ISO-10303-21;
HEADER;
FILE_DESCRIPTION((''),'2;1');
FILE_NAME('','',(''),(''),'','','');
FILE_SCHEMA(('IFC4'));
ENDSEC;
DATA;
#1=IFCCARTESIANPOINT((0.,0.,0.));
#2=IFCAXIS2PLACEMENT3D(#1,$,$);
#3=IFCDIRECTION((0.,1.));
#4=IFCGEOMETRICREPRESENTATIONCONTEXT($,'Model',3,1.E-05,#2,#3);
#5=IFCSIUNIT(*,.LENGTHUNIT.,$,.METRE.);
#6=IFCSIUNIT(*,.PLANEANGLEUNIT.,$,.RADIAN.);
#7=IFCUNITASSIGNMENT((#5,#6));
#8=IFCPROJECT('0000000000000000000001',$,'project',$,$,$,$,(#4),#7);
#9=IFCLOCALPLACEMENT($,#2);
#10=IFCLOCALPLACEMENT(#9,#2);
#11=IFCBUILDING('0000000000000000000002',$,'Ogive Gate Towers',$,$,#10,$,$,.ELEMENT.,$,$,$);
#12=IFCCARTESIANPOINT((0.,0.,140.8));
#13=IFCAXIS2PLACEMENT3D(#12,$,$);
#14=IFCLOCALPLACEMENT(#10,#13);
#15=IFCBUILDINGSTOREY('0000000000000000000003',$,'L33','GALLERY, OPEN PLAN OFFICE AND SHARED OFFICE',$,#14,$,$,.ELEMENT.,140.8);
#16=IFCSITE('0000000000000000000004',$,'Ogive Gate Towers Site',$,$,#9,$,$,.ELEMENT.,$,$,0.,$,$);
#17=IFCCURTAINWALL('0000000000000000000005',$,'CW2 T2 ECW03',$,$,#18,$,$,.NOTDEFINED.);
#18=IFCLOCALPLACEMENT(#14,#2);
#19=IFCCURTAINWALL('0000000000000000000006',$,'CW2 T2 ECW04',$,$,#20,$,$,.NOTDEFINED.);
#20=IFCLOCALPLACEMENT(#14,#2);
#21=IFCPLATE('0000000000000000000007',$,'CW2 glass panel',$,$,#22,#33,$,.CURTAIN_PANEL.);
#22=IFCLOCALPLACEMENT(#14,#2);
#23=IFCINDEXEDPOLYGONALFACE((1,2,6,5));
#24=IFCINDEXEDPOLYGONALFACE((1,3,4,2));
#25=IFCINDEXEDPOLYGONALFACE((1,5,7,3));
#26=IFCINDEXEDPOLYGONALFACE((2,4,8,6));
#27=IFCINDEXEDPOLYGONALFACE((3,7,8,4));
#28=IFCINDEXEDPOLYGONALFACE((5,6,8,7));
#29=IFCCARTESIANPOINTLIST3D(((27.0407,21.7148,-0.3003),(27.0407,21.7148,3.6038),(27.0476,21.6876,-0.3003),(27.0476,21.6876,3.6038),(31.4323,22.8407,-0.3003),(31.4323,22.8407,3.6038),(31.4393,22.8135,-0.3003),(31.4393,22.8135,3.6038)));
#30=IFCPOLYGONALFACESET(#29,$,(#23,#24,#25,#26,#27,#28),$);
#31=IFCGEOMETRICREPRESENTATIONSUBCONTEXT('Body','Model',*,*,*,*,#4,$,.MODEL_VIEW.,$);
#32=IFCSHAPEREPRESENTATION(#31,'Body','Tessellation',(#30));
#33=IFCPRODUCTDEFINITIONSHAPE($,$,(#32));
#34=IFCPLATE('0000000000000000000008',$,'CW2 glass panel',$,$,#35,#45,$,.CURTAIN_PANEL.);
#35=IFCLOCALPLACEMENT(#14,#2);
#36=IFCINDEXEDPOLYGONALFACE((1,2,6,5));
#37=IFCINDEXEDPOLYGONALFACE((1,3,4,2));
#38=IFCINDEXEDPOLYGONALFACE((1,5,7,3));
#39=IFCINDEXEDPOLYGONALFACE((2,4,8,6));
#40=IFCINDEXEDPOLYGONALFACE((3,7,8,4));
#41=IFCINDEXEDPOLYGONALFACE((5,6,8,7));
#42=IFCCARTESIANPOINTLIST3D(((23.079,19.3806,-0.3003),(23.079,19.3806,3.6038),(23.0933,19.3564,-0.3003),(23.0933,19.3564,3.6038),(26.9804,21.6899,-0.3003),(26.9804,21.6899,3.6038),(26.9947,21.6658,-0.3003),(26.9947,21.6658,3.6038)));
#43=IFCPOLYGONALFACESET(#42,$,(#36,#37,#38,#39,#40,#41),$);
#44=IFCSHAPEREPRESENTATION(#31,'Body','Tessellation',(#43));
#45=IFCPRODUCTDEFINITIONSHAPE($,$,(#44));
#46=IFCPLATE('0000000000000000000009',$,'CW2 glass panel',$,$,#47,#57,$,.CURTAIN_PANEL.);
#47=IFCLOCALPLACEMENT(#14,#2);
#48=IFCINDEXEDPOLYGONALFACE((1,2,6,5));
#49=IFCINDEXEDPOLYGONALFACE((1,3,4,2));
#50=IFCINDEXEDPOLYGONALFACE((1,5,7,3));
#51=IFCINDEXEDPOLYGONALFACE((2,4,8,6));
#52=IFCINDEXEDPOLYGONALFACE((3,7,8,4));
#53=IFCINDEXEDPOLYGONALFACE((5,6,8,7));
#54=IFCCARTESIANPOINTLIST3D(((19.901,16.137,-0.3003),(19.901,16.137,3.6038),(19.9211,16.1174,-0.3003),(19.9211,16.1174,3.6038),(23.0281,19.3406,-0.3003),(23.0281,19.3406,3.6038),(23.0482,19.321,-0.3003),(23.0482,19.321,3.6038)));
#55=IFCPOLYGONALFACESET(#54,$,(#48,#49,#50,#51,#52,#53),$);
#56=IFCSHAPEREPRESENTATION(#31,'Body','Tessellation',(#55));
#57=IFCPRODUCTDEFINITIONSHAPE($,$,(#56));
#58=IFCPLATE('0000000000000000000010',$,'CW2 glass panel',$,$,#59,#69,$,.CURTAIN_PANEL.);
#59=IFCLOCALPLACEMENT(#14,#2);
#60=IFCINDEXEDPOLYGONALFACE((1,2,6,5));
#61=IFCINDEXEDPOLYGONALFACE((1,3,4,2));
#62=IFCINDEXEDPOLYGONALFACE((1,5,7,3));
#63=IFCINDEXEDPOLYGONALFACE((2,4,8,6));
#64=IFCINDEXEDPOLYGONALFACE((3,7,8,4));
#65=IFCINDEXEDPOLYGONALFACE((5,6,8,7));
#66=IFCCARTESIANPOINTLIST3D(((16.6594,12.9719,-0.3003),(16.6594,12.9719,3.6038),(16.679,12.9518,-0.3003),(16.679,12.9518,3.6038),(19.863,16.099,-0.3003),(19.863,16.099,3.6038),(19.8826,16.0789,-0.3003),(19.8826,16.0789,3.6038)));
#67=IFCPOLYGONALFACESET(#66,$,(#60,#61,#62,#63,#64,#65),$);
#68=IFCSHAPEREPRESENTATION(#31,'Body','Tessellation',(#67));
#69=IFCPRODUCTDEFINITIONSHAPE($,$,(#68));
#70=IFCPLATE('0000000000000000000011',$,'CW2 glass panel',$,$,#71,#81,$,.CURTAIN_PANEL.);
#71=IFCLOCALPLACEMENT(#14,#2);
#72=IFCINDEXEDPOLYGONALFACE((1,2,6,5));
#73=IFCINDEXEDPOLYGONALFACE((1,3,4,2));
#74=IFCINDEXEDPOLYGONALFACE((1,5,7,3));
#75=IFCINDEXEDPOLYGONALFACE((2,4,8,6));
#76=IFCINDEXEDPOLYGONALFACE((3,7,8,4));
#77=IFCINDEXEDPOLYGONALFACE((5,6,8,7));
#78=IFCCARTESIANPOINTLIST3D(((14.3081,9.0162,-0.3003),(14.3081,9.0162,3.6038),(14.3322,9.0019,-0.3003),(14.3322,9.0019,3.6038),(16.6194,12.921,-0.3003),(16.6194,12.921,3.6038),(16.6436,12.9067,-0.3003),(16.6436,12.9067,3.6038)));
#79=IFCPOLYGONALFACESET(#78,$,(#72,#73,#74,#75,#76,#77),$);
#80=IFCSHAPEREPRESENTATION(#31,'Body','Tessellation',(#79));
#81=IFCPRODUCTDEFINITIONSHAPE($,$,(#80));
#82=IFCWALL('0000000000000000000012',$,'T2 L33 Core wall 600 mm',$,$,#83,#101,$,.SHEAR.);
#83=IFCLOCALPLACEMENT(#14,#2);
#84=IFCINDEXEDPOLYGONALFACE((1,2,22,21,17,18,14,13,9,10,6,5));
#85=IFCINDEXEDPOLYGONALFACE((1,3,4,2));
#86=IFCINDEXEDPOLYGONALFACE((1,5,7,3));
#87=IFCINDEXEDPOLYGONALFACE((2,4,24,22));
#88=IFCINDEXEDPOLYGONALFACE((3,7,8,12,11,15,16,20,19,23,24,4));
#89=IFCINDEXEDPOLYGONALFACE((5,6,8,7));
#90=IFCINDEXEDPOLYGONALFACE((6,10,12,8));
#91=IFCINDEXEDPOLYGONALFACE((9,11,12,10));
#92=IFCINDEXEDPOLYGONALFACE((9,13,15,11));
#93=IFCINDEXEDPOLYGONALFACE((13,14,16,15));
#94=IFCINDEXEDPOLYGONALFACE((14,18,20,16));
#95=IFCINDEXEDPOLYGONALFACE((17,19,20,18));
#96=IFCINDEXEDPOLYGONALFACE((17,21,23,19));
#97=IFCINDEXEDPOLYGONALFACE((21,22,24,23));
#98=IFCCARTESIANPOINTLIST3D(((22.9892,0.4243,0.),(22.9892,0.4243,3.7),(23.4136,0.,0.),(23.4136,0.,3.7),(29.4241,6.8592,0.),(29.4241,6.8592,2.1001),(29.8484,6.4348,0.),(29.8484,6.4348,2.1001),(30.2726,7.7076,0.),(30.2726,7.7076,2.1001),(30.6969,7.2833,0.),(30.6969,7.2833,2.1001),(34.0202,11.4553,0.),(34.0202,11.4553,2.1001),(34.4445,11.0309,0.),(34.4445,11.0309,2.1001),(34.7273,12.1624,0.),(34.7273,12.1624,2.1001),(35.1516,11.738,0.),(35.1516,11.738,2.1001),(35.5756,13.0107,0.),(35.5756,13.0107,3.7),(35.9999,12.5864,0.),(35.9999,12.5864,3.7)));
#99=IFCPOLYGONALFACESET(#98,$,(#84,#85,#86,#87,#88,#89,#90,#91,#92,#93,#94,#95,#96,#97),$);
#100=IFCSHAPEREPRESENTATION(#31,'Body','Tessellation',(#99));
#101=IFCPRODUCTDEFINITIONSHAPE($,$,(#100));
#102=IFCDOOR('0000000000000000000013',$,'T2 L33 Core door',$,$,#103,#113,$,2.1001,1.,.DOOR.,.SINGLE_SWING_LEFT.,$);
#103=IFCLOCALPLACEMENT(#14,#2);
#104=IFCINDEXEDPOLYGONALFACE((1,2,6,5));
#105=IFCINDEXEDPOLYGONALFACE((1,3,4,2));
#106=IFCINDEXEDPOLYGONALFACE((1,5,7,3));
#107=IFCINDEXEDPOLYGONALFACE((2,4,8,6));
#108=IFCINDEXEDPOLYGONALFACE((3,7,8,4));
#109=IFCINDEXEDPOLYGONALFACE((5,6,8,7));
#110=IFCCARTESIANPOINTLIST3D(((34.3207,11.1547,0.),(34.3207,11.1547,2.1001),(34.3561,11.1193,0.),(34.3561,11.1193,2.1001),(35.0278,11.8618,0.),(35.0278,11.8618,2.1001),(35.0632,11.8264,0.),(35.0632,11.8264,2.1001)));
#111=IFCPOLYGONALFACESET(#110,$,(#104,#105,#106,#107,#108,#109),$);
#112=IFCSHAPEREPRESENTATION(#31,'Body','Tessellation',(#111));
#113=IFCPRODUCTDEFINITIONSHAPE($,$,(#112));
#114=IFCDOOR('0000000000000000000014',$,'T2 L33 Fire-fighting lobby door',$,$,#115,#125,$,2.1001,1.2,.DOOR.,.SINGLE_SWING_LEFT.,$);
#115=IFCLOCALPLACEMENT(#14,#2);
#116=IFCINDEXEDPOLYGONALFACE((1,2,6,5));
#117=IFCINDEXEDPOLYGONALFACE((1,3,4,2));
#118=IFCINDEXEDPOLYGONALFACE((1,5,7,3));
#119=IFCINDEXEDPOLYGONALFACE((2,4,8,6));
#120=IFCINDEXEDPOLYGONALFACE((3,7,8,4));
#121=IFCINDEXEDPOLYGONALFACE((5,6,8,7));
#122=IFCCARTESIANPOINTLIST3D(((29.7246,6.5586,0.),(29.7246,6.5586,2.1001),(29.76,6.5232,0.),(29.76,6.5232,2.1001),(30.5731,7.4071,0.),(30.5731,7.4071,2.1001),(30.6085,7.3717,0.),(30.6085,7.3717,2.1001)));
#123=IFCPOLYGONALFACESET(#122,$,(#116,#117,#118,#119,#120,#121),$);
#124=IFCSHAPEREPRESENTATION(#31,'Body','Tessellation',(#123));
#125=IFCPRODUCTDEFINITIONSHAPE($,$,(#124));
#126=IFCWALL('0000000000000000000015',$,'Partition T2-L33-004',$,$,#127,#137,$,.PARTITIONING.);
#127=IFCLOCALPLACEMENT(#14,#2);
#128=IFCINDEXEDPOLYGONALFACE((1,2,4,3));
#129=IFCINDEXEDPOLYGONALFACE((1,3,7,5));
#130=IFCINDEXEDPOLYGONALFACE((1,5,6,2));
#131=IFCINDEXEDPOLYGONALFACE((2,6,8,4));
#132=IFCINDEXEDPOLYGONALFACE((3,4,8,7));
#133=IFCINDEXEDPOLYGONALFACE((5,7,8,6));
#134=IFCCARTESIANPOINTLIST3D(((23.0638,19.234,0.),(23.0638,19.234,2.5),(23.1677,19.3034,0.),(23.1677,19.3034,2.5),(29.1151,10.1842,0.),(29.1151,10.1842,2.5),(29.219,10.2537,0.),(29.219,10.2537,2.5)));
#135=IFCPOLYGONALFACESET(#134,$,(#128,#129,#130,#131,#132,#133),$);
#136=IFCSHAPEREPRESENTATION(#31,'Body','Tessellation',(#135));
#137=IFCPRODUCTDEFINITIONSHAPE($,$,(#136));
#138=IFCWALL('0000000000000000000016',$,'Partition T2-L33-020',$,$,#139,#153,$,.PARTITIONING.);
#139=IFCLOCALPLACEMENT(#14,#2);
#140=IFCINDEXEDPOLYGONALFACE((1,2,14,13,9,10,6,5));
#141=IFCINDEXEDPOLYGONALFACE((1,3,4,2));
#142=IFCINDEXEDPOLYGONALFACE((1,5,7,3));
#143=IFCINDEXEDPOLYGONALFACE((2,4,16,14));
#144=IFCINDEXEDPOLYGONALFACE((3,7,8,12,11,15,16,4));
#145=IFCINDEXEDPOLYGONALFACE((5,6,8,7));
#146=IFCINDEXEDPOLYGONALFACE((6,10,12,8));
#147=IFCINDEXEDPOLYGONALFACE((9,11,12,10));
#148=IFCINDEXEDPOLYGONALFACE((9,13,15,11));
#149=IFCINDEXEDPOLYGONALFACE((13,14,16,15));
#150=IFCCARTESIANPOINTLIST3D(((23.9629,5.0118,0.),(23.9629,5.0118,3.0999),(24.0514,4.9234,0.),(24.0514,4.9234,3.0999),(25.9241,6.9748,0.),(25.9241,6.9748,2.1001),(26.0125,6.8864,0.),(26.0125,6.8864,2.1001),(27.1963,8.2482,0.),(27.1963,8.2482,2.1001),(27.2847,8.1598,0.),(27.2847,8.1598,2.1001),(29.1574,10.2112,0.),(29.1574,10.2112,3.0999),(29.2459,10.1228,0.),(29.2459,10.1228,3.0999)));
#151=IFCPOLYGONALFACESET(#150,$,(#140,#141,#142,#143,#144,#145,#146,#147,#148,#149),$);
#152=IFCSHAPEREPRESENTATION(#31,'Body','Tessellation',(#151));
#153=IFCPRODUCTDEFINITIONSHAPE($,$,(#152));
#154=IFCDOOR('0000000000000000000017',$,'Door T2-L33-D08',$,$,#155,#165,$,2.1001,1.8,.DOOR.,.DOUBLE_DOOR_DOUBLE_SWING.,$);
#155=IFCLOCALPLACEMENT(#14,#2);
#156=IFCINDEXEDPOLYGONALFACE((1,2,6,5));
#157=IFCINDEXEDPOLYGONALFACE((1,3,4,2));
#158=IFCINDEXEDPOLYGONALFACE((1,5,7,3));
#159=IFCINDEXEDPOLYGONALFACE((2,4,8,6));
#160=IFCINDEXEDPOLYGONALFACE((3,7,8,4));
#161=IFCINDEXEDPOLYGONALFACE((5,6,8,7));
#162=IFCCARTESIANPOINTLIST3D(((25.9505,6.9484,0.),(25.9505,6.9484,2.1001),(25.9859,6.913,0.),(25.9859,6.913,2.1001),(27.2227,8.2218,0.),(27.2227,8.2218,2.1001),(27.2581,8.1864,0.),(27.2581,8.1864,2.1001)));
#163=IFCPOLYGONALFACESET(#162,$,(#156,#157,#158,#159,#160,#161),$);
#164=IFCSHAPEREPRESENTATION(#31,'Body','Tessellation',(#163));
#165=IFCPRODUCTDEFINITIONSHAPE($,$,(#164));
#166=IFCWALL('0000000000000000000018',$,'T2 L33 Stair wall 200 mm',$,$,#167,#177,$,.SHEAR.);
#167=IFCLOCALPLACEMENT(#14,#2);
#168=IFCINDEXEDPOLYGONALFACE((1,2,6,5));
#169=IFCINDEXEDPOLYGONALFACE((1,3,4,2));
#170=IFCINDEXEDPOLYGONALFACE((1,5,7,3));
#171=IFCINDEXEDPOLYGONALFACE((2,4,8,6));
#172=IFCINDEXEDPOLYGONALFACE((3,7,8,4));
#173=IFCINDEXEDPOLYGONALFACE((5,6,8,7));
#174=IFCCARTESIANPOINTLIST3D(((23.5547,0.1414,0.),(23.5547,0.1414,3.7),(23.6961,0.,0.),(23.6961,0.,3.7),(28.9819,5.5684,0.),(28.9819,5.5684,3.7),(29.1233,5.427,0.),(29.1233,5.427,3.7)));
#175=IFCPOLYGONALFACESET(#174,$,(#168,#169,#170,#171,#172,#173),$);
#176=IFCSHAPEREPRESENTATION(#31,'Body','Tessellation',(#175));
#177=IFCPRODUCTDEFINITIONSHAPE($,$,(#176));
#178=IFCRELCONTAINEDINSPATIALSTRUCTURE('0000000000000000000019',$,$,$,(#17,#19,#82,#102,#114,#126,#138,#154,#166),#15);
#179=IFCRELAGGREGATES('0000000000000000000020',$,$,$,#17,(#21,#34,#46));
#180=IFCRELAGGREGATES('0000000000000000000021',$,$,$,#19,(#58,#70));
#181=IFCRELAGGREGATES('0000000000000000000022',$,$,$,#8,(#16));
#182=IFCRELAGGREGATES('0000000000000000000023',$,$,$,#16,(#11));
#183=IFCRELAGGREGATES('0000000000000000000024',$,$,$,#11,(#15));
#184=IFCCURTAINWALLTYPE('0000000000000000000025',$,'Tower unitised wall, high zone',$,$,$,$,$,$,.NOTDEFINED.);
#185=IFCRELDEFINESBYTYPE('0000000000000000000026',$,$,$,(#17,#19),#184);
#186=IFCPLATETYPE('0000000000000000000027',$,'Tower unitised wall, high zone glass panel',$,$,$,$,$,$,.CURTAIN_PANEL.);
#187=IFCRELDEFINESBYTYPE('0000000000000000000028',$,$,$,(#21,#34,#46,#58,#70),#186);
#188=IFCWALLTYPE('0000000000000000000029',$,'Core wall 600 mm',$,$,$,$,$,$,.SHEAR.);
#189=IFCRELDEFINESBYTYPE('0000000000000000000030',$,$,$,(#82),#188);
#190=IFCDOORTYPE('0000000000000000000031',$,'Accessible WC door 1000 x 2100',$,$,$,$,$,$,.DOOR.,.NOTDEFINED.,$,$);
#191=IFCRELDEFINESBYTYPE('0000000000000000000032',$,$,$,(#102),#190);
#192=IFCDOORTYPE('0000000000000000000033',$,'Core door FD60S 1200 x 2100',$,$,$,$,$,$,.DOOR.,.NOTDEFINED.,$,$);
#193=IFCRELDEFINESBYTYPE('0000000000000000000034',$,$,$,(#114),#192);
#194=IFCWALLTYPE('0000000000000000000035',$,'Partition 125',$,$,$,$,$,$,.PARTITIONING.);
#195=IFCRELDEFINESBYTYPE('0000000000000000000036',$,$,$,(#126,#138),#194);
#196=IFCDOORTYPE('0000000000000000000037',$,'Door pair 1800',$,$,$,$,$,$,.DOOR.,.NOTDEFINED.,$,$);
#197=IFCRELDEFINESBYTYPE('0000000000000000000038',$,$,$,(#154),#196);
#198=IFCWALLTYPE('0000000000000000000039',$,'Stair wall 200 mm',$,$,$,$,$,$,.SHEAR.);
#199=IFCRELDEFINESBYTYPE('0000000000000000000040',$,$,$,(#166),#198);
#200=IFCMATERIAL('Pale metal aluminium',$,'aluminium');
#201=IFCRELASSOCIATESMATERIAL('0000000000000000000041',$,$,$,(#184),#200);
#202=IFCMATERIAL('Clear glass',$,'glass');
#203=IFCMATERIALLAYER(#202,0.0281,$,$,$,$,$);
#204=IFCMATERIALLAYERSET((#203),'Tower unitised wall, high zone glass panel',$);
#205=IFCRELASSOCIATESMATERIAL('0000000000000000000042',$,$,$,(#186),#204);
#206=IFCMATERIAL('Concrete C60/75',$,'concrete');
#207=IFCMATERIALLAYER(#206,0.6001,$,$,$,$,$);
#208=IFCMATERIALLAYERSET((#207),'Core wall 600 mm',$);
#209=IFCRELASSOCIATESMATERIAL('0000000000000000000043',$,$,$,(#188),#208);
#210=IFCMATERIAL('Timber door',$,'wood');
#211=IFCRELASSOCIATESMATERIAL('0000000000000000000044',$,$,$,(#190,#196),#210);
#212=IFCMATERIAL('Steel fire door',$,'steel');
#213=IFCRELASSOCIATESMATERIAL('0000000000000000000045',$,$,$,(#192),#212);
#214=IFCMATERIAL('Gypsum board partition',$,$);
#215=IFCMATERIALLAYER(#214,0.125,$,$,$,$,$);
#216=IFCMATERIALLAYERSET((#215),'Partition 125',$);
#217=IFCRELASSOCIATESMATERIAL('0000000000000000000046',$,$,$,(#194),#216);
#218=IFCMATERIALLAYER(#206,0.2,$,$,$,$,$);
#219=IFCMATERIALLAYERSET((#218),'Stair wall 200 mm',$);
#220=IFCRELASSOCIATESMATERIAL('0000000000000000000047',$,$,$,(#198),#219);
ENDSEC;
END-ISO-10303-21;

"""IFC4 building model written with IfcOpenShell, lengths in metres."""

from ifc_helpers import new_model, si_unit, direction, frame, frame_2d, origin, origin_2d, place, context, subcontext, project, spatial, rectangle, extrude, material, layer, layer_set, type_object, element, fill, aggregate, save


model = new_model("IFC4")

# Units and contexts
model_context = context("Model", 3, precision=1e-05, world=origin(), true_north=direction((0.0, 1.0)))
body_context = subcontext(model_context, "Body", "Model", "MODEL_VIEW")
ifc_project = project(units=[si_unit("LENGTHUNIT", "METRE"), si_unit("PLANEANGLEUNIT", "RADIAN")], contexts=[model_context])

# Site, building, storey
site_placement = place(None, origin())
site = spatial("IfcSite", under=ifc_project, at=site_placement, Name="Ogive Gate Towers Site", CompositionType="ELEMENT", RefElevation=0.0)
building_placement = place(site_placement, origin())
building = spatial("IfcBuilding", under=site, at=building_placement, Name="Ogive Gate Towers", CompositionType="ELEMENT")
storey_placement = place(building_placement, frame((0.0, 0.0, 140.8)))
storey = spatial("IfcBuildingStorey", under=building, at=storey_placement, Name="L33", Description="GALLERY, OPEN PLAN OFFICE AND SHARED OFFICE", CompositionType="ELEMENT", Elevation=140.8)

# Curtain wall
ifc_material_1 = material(Name="Pale metal aluminium", Category="aluminium")
curtain_wall_type = type_object("IfcCurtainWallType", Name="Tower unitised wall, high zone", PredefinedType="NOTDEFINED", material=ifc_material_1)
curtain_wall_1_placement = place(storey_placement, origin())
curtain_wall_1 = element("IfcCurtainWall", 1, at=curtain_wall_1_placement, inside=storey, type_object=curtain_wall_type, Name="CW2 T2 ECW03", PredefinedType="NOTDEFINED")

# Curtain wall
curtain_wall_2_placement = place(storey_placement, origin())
curtain_wall_2 = element("IfcCurtainWall", 2, at=curtain_wall_2_placement, inside=storey, type_object=curtain_wall_type, Name="CW2 T2 ECW04", PredefinedType="NOTDEFINED")

# Plates
ifc_material_2 = material(Name="Clear glass", Category="glass")
ifc_layer_1 = layer(ifc_material_2, 0.0281)
ifc_layer_set_1 = layer_set([ifc_layer_1], Name="Tower unitised wall, high zone glass panel")
plate_type = type_object("IfcPlateType", Name="Tower unitised wall, high zone glass panel", PredefinedType="CURTAIN_PANEL", material=ifc_layer_set_1)
plate_1_placement = place(storey_placement, frame((29.24, 22.2642, -0.3003), z_axis=(0.0, 0.0, 1.0), x_axis=(-0.968674, -0.248335, 0.0)))
plate_1 = element("IfcPlate", 3, at=plate_1_placement, type_object=plate_type, Name="CW2 glass panel", PredefinedType="CURTAIN_PANEL", context=body_context, shape_type="SweptSolid", body=[
    extrude(rectangle(XDim=4.5337, YDim=0.0281, at=origin_2d()), origin(), (0.0, 0.0, 1.0), 3.9041),
])
plate_2_placement = place(storey_placement, frame((25.0369, 20.5232, -0.3003), z_axis=(0.0, 0.0, 1.0), x_axis=(-0.860547, -0.509372, 0.0)))
plate_2 = element("IfcPlate", 4, at=plate_2_placement, type_object=plate_type, Name="CW2 glass panel", PredefinedType="CURTAIN_PANEL", context=body_context, shape_type="SweptSolid", body=[
    extrude(rectangle(XDim=4.5337, YDim=0.0281, at=origin_2d()), origin(), (0.0, 0.0, 1.0), 3.9041),
])
plate_3_placement = place(storey_placement, frame((21.4746, 17.729, -0.3003), z_axis=(0.0, 0.0, 1.0), x_axis=(-0.698515, -0.715595, 0.0)))
plate_3 = element("IfcPlate", 5, at=plate_3_placement, type_object=plate_type, Name="CW2 glass panel", PredefinedType="CURTAIN_PANEL", context=body_context, shape_type="SweptSolid", body=[
    extrude(rectangle(XDim=4.4768, YDim=0.0281, at=origin_2d()), origin(), (0.0, 0.0, 1.0), 3.9041),
])
aggregate(curtain_wall_1, [plate_1, plate_2, plate_3])
plate_4_placement = place(storey_placement, frame((18.271, 14.5254, -0.3003), z_axis=(0.0, 0.0, 1.0), x_axis=(-0.715595, -0.698515, 0.0)))
plate_4 = element("IfcPlate", 6, at=plate_4_placement, type_object=plate_type, Name="CW2 glass panel", PredefinedType="CURTAIN_PANEL", context=body_context, shape_type="SweptSolid", body=[
    extrude(rectangle(XDim=4.4768, YDim=0.0281, at=origin_2d()), origin(), (0.0, 0.0, 1.0), 3.9041),
])
plate_5_placement = place(storey_placement, frame((15.4758, 10.9614, -0.3003), z_axis=(0.0, 0.0, 1.0), x_axis=(-0.509372, -0.860547, 0.0)))
plate_5 = element("IfcPlate", 7, at=plate_5_placement, type_object=plate_type, Name="CW2 glass panel", PredefinedType="CURTAIN_PANEL", context=body_context, shape_type="SweptSolid", body=[
    extrude(rectangle(XDim=4.5376, YDim=0.0281, at=origin_2d()), origin(), (0.0, 0.0, 1.0), 3.9041),
])
aggregate(curtain_wall_2, [plate_4, plate_5])

# Wall, openings, doors
ifc_material_3 = material(Name="Concrete C60/75", Category="concrete")
ifc_layer_2 = layer(ifc_material_3, 0.6001)
ifc_layer_set_2 = layer_set([ifc_layer_2], Name="Core wall 600 mm")
wall_type_1 = type_object("IfcWallType", Name="Core wall 600 mm", PredefinedType="SHEAR", material=ifc_layer_set_2)
wall_1_placement = place(storey_placement, frame((23.2014, 0.2122, 0.0), z_axis=(0.0, 0.0, 1.0), x_axis=(0.707107, 0.707107, 0.0)))
wall_1 = element("IfcWall", 8, at=wall_1_placement, inside=storey, type_object=wall_type_1, Name="T2 L33 Core wall 600 mm", PredefinedType="SHEAR", context=body_context, shape_type="SweptSolid", body=[
    extrude(rectangle(XDim=17.7998, YDim=0.6001, at=frame_2d((8.8999, 0.0))), origin(), (0.0, 0.0, 1.0), 3.7),
])
opening_1_placement = place(wall_1_placement, frame((9.1001, 0.0, 0.0)))
opening_1 = element("IfcOpeningElement", 9, at=opening_1_placement, cuts=wall_1, PredefinedType="OPENING", context=body_context, shape_type="SweptSolid", body=[
    extrude(rectangle(XDim=1.2, YDim=2.1001, at=frame_2d((0.6001, 1.05))), frame((0.0, 0.3101, 0.0), z_axis=(0.0, -1.0, 0.0), x_axis=(1.0, 0.0, 0.0)), (0.0, 0.0, 1.0), 0.6201),
])
opening_2_placement = place(wall_1_placement, frame((15.6001, 0.0, 0.0)))
opening_2 = element("IfcOpeningElement", 10, at=opening_2_placement, cuts=wall_1, PredefinedType="OPENING", context=body_context, shape_type="SweptSolid", body=[
    extrude(rectangle(XDim=1.0, YDim=2.1001, at=frame_2d((0.5, 1.05))), frame((0.0, 0.3101, 0.0), z_axis=(0.0, -1.0, 0.0), x_axis=(1.0, 0.0, 0.0)), (0.0, 0.0, 1.0), 0.6201),
])
ifc_material_4 = material(Name="Timber door", Category="wood")
door_type_1 = type_object("IfcDoorType", Name="Accessible WC door 1000 x 2100", OperationType="NOTDEFINED", PredefinedType="DOOR", material=ifc_material_4)
door_1_placement = place(opening_2_placement, origin())
door_1 = element("IfcDoor", 11, at=door_1_placement, inside=storey, type_object=door_type_1, Name="T2 L33 Core door", OperationType="SINGLE_SWING_LEFT", OverallHeight=2.1001, OverallWidth=1.0, PredefinedType="DOOR", context=body_context, shape_type="SweptSolid", body=[
    extrude(rectangle(XDim=1.0, YDim=2.1001, at=frame_2d((0.5, 1.05))), frame((0.0, -0.125, 0.0), z_axis=(0.0, -1.0, 0.0), x_axis=(1.0, 0.0, 0.0)), (0.0, 0.0, 1.0), 0.05),
])
fill(opening_2, door_1)
ifc_material_5 = material(Name="Steel fire door", Category="steel")
door_type_2 = type_object("IfcDoorType", Name="Core door FD60S 1200 x 2100", OperationType="NOTDEFINED", PredefinedType="DOOR", material=ifc_material_5)
door_2_placement = place(opening_1_placement, origin())
door_2 = element("IfcDoor", 12, at=door_2_placement, inside=storey, type_object=door_type_2, Name="T2 L33 Fire-fighting lobby door", OperationType="SINGLE_SWING_LEFT", OverallHeight=2.1001, OverallWidth=1.2, PredefinedType="DOOR", context=body_context, shape_type="SweptSolid", body=[
    extrude(rectangle(XDim=1.2, YDim=2.1001, at=frame_2d((0.6001, 1.05))), frame((0.0, -0.125, 0.0), z_axis=(0.0, -1.0, 0.0), x_axis=(1.0, 0.0, 0.0)), (0.0, 0.0, 1.0), 0.05),
])
fill(opening_1, door_2)

# Wall
ifc_material_6 = material(Name="Gypsum board partition")
ifc_layer_3 = layer(ifc_material_6, 0.125)
ifc_layer_set_3 = layer_set([ifc_layer_3], Name="Partition 125")
wall_type_2 = type_object("IfcWallType", Name="Partition 125", PredefinedType="PARTITIONING", material=ifc_layer_set_3)
wall_2_placement = place(storey_placement, frame((23.1157, 19.2688, 0.0), z_axis=(0.0, 0.0, 1.0), x_axis=(0.555849, -0.831284, 0.0)))
element("IfcWall", 13, at=wall_2_placement, inside=storey, type_object=wall_type_2, Name="Partition T2-L33-004", PredefinedType="PARTITIONING", context=body_context, shape_type="SweptSolid", body=[
    extrude(rectangle(XDim=10.8865, YDim=0.125, at=frame_2d((5.4434, 0.0))), origin(), (0.0, 0.0, 1.0), 2.5),
])

# Wall, opening, door
wall_3_placement = place(storey_placement, frame((29.2017, 10.167, 0.0), z_axis=(0.0, 0.0, 1.0), x_axis=(-0.706775, -0.707439, 0.0)))
wall_3 = element("IfcWall", 14, at=wall_3_placement, inside=storey, type_object=wall_type_2, Name="Partition T2-L33-020", PredefinedType="PARTITIONING", context=body_context, shape_type="SweptSolid", body=[
    extrude(rectangle(XDim=7.3496, YDim=0.125, at=frame_2d((3.6748, 0.0))), origin(), (0.0, 0.0, 1.0), 3.0999),
])
opening_3_placement = place(wall_3_placement, frame((2.7749, 0.0, 0.0)))
opening_3 = element("IfcOpeningElement", 15, at=opening_3_placement, cuts=wall_3, PredefinedType="OPENING", context=body_context, shape_type="SweptSolid", body=[
    extrude(rectangle(XDim=1.8, YDim=2.1001, at=frame_2d((0.8999, 1.05))), frame((0.0, 0.0725, 0.0), z_axis=(0.0, -1.0, 0.0), x_axis=(1.0, 0.0, 0.0)), (0.0, 0.0, 1.0), 0.145),
])
door_type_3 = type_object("IfcDoorType", Name="Door pair 1800", OperationType="NOTDEFINED", PredefinedType="DOOR", material=ifc_material_4)
door_3_placement = place(opening_3_placement, origin())
door_3 = element("IfcDoor", 16, at=door_3_placement, inside=storey, type_object=door_type_3, Name="Door T2-L33-D08", OperationType="DOUBLE_DOOR_DOUBLE_SWING", OverallHeight=2.1001, OverallWidth=1.8, PredefinedType="DOOR", context=body_context, shape_type="SweptSolid", body=[
    extrude(rectangle(XDim=1.8, YDim=2.1001, at=frame_2d((0.8999, 1.05))), frame((0.0, 0.0249, 0.0), z_axis=(0.0, -1.0, 0.0), x_axis=(1.0, 0.0, 0.0)), (0.0, 0.0, 1.0), 0.05),
])
fill(opening_3, door_3)

# Wall
ifc_layer_4 = layer(ifc_material_3, 0.2)
ifc_layer_set_4 = layer_set([ifc_layer_4], Name="Stair wall 200 mm")
wall_type_3 = type_object("IfcWallType", Name="Stair wall 200 mm", PredefinedType="SHEAR", material=ifc_layer_set_4)
wall_4_placement = place(storey_placement, frame((23.6255, 0.0708, 0.0), z_axis=(0.0, 0.0, 1.0), x_axis=(0.707123, 0.707091, 0.0)))
element("IfcWall", 17, at=wall_4_placement, inside=storey, type_object=wall_type_3, Name="T2 L33 Stair wall 200 mm", PredefinedType="SHEAR", context=body_context, shape_type="SweptSolid", body=[
    extrude(rectangle(XDim=7.675, YDim=0.2, at=frame_2d((3.8374, 0.0))), origin(), (0.0, 0.0, 1.0), 3.7),
])

save(model, "model.ifc")
